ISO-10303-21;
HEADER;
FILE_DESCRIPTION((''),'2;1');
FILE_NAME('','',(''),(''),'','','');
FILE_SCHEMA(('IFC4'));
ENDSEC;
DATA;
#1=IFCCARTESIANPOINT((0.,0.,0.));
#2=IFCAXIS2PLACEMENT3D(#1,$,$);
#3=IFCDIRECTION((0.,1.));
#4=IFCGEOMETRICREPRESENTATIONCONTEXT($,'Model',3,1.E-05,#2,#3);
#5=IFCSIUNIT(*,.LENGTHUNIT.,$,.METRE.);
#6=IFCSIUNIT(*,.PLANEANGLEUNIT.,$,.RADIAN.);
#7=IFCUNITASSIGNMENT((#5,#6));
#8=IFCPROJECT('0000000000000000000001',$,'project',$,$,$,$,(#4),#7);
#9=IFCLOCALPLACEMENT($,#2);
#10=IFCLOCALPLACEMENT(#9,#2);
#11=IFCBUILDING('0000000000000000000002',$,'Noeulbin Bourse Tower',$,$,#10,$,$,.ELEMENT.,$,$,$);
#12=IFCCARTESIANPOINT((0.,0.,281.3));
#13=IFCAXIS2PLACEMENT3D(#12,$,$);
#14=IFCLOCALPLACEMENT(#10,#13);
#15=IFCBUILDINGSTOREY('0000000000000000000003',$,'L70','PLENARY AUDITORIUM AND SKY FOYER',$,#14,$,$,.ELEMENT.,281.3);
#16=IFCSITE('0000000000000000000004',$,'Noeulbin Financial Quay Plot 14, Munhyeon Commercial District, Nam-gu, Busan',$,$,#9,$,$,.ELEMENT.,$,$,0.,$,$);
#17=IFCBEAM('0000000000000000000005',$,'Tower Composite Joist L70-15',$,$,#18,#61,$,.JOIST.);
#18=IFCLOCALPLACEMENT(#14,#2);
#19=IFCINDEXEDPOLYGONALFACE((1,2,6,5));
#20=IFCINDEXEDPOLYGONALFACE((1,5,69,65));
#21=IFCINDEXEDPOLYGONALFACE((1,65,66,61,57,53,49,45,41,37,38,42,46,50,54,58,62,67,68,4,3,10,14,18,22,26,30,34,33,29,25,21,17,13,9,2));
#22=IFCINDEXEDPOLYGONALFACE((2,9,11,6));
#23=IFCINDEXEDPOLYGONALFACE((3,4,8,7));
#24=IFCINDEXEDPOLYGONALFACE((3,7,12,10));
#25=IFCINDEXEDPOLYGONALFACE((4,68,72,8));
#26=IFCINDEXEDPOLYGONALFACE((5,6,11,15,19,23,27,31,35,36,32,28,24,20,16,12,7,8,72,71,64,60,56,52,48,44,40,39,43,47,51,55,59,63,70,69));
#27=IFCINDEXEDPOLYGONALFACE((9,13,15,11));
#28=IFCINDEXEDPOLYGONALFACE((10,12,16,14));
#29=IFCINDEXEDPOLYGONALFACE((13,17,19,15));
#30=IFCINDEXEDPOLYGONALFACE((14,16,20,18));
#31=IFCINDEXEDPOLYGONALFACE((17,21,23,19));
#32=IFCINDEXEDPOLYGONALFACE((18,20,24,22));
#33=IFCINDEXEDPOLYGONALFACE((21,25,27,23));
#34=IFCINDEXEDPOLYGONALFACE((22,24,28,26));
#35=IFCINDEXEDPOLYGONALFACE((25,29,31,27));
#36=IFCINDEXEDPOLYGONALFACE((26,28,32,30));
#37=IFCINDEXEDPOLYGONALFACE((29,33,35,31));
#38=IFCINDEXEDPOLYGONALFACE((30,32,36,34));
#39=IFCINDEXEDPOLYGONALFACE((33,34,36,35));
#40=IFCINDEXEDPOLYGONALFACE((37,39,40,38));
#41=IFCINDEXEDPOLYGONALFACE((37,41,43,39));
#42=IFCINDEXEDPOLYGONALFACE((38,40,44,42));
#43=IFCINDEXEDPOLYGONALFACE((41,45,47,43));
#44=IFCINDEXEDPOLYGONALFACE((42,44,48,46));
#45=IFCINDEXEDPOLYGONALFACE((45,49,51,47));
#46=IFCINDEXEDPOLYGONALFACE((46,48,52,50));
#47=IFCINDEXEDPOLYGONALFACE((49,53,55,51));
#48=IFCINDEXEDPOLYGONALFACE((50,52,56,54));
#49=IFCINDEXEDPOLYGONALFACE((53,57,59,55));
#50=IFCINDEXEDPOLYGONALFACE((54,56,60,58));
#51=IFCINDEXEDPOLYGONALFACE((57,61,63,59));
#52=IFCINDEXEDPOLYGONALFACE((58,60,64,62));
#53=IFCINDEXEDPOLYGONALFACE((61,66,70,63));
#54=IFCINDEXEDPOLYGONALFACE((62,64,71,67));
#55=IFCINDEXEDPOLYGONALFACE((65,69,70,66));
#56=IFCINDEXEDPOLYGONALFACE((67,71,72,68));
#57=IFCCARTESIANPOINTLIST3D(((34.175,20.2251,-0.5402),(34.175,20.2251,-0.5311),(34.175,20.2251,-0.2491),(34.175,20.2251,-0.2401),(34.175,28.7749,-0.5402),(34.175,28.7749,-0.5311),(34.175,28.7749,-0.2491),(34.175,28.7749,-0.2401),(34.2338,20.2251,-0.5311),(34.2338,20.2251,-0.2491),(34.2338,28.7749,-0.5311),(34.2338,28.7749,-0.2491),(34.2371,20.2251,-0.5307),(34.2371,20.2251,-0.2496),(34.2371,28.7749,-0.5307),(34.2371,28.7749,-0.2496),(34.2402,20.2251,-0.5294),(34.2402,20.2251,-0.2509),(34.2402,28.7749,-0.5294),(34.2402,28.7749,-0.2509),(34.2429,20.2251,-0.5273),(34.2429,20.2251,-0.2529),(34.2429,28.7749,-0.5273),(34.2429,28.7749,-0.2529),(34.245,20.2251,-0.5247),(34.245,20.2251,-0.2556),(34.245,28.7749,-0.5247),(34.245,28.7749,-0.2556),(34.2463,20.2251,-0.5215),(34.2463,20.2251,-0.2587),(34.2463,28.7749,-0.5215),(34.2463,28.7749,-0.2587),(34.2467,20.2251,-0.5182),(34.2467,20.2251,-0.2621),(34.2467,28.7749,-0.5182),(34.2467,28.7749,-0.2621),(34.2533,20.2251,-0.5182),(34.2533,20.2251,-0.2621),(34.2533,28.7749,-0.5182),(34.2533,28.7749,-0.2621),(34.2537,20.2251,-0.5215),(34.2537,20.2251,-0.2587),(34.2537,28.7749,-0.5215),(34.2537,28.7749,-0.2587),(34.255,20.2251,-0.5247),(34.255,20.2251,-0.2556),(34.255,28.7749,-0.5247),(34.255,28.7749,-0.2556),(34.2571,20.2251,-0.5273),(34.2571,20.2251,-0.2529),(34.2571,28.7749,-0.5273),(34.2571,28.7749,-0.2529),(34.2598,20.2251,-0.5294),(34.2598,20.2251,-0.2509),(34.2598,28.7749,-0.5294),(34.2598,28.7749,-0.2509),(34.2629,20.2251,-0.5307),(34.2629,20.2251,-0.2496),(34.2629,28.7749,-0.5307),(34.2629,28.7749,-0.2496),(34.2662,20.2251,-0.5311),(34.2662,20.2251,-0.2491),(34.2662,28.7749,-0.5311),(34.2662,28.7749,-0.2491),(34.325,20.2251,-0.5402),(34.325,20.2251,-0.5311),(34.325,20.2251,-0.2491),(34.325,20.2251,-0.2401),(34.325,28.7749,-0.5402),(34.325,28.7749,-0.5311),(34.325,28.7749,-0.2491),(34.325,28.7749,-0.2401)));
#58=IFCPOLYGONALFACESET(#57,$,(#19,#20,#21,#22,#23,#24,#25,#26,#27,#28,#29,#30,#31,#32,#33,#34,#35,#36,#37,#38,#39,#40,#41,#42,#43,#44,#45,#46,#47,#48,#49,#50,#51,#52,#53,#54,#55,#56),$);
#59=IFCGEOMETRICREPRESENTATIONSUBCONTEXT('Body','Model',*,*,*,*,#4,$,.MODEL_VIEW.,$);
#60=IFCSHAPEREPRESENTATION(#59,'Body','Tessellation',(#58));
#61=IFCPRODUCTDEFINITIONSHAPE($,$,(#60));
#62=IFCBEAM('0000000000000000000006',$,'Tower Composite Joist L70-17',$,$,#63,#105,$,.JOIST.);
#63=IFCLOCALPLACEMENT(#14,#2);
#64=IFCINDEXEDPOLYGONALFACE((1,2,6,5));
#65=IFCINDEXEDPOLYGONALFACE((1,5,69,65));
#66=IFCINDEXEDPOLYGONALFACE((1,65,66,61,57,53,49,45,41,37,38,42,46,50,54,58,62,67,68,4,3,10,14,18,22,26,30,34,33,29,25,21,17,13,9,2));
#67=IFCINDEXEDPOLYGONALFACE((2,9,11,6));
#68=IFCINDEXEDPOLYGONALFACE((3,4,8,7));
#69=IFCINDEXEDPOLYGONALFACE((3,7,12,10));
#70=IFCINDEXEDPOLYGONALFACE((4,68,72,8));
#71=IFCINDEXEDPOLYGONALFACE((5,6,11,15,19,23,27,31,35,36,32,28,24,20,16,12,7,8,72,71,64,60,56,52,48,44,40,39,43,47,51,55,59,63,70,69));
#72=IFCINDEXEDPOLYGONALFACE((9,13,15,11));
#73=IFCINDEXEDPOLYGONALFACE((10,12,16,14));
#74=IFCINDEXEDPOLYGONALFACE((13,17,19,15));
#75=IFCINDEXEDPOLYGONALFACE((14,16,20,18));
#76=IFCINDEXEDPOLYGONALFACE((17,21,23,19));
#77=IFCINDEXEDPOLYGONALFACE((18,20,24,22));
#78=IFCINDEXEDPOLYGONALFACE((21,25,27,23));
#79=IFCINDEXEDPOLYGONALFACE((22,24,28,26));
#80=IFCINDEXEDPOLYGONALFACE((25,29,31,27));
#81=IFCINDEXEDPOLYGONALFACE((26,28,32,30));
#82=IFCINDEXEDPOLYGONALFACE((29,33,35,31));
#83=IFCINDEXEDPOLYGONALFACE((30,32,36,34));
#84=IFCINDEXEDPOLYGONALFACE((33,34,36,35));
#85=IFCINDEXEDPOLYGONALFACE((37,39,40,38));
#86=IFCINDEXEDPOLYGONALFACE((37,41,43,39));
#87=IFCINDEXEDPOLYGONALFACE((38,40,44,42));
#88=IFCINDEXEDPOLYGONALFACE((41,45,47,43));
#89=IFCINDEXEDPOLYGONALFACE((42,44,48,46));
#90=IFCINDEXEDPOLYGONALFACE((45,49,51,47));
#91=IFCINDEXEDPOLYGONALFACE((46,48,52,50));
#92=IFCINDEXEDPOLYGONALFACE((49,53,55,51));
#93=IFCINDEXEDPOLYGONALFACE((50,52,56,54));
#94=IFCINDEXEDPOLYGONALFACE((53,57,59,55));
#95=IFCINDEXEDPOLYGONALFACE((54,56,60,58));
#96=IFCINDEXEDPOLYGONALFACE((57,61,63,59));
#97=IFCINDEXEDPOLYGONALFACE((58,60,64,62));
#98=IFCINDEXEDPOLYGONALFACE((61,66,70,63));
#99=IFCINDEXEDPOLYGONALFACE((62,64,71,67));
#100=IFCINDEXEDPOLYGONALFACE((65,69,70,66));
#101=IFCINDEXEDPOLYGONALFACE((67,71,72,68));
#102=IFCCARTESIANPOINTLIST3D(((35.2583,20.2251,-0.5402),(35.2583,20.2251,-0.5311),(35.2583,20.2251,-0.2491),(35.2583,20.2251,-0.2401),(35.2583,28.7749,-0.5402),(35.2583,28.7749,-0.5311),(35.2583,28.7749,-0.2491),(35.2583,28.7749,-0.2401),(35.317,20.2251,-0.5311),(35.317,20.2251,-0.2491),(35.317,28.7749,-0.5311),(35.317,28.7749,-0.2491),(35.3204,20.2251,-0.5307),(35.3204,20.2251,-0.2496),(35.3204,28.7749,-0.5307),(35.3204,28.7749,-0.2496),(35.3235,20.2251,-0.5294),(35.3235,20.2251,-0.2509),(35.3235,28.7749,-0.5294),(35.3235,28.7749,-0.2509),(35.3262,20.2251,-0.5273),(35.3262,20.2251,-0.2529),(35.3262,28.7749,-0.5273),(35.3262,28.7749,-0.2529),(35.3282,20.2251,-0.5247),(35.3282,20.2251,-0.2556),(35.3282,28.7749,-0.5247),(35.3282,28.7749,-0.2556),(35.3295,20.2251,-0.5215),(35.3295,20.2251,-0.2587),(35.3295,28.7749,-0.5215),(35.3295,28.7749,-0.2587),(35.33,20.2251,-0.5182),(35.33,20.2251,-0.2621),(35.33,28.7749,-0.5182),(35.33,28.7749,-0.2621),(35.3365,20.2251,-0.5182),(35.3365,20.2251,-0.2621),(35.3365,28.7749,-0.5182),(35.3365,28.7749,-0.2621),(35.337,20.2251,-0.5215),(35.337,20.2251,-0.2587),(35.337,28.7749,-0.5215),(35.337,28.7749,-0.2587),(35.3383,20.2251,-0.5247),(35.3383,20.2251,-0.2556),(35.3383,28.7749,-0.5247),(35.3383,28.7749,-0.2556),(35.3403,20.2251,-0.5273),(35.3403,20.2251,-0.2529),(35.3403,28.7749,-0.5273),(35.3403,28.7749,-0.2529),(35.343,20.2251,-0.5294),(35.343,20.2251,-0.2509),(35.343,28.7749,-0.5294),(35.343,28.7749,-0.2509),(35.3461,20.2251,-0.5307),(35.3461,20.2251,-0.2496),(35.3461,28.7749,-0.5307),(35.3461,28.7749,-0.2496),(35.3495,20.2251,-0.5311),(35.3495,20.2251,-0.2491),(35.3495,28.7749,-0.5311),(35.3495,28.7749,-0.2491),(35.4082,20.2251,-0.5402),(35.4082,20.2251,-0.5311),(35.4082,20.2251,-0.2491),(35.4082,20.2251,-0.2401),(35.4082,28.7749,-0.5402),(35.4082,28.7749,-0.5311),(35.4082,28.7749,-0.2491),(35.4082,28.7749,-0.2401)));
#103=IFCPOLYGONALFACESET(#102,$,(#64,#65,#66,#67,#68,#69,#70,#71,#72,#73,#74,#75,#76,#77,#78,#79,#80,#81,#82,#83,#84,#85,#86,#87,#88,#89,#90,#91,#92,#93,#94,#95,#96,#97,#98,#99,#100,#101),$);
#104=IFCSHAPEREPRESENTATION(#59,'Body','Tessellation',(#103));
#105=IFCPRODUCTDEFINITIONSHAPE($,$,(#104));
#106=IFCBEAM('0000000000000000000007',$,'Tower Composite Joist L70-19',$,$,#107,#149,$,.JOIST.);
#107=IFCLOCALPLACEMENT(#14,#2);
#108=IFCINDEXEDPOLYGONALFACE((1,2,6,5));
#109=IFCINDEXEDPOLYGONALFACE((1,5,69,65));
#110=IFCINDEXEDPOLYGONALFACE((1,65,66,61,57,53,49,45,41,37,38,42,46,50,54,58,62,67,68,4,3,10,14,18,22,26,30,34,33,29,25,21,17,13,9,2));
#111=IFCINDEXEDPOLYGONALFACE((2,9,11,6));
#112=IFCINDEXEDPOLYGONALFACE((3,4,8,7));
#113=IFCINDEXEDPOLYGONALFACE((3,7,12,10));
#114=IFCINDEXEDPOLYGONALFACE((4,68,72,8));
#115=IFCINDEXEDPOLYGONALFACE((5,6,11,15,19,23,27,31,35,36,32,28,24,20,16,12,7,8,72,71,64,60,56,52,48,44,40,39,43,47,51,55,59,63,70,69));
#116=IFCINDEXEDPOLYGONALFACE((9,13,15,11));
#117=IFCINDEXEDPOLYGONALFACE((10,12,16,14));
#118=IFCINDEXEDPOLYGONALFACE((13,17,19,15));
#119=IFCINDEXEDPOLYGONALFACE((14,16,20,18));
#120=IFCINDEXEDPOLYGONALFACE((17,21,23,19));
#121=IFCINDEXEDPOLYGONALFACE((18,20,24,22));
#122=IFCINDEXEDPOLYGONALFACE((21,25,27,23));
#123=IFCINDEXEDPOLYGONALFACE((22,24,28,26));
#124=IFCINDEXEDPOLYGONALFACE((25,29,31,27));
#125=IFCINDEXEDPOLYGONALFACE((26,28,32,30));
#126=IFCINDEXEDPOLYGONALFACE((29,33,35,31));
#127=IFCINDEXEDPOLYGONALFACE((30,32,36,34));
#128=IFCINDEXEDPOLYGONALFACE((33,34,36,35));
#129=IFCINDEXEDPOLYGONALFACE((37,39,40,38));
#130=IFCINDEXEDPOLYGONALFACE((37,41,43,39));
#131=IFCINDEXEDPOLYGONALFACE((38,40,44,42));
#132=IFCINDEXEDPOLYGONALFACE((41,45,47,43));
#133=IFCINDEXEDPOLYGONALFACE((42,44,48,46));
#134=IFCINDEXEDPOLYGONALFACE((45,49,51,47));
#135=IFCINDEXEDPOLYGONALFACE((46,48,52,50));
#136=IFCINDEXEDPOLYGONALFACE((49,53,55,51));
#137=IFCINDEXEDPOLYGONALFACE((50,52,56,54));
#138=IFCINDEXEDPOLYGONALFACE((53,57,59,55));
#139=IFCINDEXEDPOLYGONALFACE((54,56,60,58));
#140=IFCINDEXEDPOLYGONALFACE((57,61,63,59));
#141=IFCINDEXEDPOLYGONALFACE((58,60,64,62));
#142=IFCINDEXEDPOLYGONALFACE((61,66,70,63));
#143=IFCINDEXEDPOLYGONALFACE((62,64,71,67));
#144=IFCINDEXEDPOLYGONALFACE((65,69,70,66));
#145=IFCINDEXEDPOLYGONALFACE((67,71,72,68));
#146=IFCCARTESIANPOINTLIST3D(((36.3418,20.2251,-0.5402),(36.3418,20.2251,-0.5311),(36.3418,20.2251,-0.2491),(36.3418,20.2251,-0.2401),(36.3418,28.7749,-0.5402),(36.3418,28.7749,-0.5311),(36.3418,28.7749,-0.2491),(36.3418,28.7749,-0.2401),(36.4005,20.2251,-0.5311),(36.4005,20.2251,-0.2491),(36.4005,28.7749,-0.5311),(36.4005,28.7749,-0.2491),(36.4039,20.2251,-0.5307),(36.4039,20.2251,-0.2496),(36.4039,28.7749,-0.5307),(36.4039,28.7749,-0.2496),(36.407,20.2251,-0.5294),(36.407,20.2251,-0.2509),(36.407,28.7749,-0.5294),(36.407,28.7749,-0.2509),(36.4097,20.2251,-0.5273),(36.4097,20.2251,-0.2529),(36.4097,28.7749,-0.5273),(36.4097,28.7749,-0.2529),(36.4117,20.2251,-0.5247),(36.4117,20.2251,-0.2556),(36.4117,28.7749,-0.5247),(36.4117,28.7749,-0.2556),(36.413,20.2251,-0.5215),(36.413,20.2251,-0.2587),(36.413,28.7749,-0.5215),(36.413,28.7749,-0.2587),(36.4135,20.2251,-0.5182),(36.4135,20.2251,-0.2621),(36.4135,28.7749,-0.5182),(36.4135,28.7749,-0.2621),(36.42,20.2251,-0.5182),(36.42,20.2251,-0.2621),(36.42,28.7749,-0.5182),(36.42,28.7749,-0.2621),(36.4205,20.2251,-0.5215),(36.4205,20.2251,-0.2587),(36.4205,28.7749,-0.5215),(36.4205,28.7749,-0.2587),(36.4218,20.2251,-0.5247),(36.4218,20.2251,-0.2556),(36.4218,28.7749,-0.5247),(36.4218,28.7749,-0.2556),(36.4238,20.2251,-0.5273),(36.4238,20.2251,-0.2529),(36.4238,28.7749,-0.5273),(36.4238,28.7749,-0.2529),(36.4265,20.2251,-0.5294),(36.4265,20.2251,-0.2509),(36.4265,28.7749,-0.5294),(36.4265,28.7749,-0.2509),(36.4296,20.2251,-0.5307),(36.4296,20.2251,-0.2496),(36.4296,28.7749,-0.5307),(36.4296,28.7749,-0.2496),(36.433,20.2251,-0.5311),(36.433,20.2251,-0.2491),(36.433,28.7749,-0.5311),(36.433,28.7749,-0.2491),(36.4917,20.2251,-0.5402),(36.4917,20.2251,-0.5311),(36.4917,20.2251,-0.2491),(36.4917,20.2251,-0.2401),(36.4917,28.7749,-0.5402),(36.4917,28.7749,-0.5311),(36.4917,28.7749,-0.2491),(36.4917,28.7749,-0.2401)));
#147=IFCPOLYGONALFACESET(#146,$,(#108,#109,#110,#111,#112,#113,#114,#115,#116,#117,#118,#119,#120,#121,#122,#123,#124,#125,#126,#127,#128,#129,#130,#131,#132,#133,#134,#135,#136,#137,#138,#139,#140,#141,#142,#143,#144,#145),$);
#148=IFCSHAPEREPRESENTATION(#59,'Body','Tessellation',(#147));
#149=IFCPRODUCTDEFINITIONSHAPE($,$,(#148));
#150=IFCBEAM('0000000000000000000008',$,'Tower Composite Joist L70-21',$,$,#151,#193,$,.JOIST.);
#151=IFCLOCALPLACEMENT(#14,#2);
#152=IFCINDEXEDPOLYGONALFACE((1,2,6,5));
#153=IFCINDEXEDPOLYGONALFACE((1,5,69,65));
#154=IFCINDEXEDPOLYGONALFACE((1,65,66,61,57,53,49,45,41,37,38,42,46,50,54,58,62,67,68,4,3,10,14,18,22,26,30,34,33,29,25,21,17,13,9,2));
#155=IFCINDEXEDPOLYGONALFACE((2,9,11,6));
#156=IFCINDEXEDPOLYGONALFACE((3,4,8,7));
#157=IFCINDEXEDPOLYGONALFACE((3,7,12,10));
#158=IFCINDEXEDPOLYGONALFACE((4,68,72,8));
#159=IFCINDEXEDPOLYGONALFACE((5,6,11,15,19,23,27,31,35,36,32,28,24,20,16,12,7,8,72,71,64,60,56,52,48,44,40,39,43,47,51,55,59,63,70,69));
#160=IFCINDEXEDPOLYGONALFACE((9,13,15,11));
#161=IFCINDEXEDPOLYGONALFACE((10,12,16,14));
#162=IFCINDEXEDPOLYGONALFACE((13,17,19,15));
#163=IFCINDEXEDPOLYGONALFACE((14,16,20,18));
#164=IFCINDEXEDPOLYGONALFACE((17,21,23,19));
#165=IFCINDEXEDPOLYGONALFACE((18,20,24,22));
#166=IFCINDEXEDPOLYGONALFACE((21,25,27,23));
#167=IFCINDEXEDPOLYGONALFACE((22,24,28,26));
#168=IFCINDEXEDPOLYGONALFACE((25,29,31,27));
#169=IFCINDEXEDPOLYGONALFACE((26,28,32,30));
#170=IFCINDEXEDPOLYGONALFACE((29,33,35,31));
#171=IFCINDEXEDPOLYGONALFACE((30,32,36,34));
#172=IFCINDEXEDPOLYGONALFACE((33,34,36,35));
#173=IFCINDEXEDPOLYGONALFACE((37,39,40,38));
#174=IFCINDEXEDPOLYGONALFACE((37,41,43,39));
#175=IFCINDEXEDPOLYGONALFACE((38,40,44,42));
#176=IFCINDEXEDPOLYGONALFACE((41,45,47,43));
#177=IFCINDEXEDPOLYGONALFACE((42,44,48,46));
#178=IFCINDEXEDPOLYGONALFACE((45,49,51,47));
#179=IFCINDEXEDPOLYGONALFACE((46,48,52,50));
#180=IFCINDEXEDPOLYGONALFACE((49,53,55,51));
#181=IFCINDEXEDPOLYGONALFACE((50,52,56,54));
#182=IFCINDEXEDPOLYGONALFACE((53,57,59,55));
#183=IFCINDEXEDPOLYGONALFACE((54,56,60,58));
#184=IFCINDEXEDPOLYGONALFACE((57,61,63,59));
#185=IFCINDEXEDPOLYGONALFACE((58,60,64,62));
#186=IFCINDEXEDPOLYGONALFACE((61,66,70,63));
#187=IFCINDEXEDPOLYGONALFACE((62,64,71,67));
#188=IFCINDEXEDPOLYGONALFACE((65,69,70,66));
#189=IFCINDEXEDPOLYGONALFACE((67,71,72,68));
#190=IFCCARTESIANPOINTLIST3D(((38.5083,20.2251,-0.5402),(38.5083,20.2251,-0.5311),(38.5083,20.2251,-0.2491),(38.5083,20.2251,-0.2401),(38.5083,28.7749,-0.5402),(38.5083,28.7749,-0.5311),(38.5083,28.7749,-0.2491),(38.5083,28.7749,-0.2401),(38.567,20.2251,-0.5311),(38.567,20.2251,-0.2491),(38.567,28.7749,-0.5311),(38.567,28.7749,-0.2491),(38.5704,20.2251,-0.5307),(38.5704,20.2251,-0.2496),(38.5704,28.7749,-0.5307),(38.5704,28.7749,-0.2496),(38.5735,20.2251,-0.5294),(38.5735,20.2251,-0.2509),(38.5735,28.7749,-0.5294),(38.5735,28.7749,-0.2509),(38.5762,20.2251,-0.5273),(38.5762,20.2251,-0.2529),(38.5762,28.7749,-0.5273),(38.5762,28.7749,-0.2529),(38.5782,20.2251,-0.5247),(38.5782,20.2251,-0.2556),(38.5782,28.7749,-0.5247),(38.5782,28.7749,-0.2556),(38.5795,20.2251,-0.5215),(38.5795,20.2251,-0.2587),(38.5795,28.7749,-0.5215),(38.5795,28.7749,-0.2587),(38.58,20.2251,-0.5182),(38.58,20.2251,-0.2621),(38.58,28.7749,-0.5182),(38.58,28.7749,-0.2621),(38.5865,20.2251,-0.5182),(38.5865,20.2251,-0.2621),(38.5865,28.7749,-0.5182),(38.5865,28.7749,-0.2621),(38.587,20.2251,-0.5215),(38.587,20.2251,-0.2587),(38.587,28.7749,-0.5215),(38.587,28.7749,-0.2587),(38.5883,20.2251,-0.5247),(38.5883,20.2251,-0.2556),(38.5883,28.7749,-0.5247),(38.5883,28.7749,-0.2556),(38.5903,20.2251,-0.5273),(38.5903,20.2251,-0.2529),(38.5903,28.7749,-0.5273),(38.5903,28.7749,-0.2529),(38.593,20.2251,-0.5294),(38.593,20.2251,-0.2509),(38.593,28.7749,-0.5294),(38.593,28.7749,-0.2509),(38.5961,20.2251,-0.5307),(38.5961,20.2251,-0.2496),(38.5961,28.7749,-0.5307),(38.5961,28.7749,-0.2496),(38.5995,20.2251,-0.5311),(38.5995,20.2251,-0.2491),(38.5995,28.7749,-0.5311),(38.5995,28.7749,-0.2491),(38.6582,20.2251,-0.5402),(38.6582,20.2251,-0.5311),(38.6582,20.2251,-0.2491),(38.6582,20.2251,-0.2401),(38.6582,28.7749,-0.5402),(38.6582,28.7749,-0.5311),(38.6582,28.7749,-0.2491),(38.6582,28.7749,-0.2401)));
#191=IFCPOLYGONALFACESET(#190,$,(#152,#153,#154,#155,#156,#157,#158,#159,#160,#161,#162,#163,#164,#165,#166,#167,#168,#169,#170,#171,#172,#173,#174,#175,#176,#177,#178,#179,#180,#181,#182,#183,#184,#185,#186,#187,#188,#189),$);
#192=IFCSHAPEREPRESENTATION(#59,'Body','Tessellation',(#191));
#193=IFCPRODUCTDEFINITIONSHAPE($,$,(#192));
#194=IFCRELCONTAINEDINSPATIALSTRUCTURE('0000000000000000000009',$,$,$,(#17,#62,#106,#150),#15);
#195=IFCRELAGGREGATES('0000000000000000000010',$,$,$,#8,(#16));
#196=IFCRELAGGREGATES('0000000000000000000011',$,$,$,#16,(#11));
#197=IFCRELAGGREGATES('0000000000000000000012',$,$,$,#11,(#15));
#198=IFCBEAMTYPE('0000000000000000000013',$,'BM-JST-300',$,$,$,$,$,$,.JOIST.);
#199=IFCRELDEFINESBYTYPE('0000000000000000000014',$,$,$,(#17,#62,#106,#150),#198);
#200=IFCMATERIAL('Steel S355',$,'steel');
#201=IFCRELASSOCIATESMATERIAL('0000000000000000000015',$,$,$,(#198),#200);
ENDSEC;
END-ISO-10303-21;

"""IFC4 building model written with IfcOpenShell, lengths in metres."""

from ifc_helpers import new_model, si_unit, direction, frame, origin, origin_2d, place, context, subcontext, project, spatial, i_section, extrude, material, material_profile, profile_set, type_object, element, save


model = new_model("IFC4")

# Units and contexts
model_context = context("Model", 3, precision=1e-05, world=origin(), true_north=direction((0.0, 1.0)))
body_context = subcontext(model_context, "Body", "Model", "MODEL_VIEW")
ifc_project = project(units=[si_unit("LENGTHUNIT", "METRE"), si_unit("PLANEANGLEUNIT", "RADIAN")], contexts=[model_context])

# Site, building, storey
site_placement = place(None, origin())
site = spatial("IfcSite", under=ifc_project, at=site_placement, Name="Noeulbin Financial Quay Plot 14, Munhyeon Commercial District, Nam-gu, Busan", CompositionType="ELEMENT", RefElevation=0.0)
building_placement = place(site_placement, origin())
building = spatial("IfcBuilding", under=site, at=building_placement, Name="Noeulbin Bourse Tower", CompositionType="ELEMENT")
storey_placement = place(building_placement, frame((0.0, 0.0, 281.3)))
storey = spatial("IfcBuildingStorey", under=building, at=storey_placement, Name="L70", Description="PLENARY AUDITORIUM AND SKY FOYER", CompositionType="ELEMENT", Elevation=281.3)

# Shared definitions
ifc_material_1 = material(Name="Steel S355", Category="steel")

# Beams
ifc_material_profile_1 = material_profile(ifc_material_1, i_section(OverallWidth=0.1499, OverallDepth=0.3, WebThickness=0.0066, FlangeThickness=0.009, FilletRadius=0.0129, at=origin_2d()), Name="H-300x150x6.5x9", Category="LoadBearing")
ifc_profile_set_1 = profile_set([ifc_material_profile_1], Name="Steel S355")
beam_type_1 = type_object("IfcBeamType", Name="BM-JST-300", PredefinedType="JOIST", material=ifc_profile_set_1)
for number, where, z_axis, x_axis, name in (
    (1, (34.25, 20.2251, -0.3901), (0.0, 1.0, 0.0), (-1.0, 0.0, 0.0), "Tower Composite Joist L70-15"),
    (2, (35.3333, 20.2251, -0.3901), (0.0, 1.0, 0.0), (-1.0, 0.0, 0.0), "Tower Composite Joist L70-17"),
    (3, (36.4167, 20.2251, -0.3901), (0.0, 1.0, 0.0), (-1.0, 0.0, 0.0), "Tower Composite Joist L70-19"),
    (4, (38.5833, 20.2251, -0.3901), (0.0, 1.0, 0.0), (-1.0, 0.0, 0.0), "Tower Composite Joist L70-21"),
):
    element("IfcBeam", number, at=place(storey_placement, frame(where, z_axis=z_axis, x_axis=x_axis)), inside=storey, type_object=beam_type_1, Name=name, PredefinedType="JOIST", context=body_context, shape_type="SweptSolid", body=[
        extrude(i_section(OverallWidth=0.1499, OverallDepth=0.3, WebThickness=0.0066, FlangeThickness=0.009, FilletRadius=0.0129, at=origin_2d()), origin(), (0.0, 0.0, 1.0), 8.5498),
    ])

save(model, "model.ifc")
